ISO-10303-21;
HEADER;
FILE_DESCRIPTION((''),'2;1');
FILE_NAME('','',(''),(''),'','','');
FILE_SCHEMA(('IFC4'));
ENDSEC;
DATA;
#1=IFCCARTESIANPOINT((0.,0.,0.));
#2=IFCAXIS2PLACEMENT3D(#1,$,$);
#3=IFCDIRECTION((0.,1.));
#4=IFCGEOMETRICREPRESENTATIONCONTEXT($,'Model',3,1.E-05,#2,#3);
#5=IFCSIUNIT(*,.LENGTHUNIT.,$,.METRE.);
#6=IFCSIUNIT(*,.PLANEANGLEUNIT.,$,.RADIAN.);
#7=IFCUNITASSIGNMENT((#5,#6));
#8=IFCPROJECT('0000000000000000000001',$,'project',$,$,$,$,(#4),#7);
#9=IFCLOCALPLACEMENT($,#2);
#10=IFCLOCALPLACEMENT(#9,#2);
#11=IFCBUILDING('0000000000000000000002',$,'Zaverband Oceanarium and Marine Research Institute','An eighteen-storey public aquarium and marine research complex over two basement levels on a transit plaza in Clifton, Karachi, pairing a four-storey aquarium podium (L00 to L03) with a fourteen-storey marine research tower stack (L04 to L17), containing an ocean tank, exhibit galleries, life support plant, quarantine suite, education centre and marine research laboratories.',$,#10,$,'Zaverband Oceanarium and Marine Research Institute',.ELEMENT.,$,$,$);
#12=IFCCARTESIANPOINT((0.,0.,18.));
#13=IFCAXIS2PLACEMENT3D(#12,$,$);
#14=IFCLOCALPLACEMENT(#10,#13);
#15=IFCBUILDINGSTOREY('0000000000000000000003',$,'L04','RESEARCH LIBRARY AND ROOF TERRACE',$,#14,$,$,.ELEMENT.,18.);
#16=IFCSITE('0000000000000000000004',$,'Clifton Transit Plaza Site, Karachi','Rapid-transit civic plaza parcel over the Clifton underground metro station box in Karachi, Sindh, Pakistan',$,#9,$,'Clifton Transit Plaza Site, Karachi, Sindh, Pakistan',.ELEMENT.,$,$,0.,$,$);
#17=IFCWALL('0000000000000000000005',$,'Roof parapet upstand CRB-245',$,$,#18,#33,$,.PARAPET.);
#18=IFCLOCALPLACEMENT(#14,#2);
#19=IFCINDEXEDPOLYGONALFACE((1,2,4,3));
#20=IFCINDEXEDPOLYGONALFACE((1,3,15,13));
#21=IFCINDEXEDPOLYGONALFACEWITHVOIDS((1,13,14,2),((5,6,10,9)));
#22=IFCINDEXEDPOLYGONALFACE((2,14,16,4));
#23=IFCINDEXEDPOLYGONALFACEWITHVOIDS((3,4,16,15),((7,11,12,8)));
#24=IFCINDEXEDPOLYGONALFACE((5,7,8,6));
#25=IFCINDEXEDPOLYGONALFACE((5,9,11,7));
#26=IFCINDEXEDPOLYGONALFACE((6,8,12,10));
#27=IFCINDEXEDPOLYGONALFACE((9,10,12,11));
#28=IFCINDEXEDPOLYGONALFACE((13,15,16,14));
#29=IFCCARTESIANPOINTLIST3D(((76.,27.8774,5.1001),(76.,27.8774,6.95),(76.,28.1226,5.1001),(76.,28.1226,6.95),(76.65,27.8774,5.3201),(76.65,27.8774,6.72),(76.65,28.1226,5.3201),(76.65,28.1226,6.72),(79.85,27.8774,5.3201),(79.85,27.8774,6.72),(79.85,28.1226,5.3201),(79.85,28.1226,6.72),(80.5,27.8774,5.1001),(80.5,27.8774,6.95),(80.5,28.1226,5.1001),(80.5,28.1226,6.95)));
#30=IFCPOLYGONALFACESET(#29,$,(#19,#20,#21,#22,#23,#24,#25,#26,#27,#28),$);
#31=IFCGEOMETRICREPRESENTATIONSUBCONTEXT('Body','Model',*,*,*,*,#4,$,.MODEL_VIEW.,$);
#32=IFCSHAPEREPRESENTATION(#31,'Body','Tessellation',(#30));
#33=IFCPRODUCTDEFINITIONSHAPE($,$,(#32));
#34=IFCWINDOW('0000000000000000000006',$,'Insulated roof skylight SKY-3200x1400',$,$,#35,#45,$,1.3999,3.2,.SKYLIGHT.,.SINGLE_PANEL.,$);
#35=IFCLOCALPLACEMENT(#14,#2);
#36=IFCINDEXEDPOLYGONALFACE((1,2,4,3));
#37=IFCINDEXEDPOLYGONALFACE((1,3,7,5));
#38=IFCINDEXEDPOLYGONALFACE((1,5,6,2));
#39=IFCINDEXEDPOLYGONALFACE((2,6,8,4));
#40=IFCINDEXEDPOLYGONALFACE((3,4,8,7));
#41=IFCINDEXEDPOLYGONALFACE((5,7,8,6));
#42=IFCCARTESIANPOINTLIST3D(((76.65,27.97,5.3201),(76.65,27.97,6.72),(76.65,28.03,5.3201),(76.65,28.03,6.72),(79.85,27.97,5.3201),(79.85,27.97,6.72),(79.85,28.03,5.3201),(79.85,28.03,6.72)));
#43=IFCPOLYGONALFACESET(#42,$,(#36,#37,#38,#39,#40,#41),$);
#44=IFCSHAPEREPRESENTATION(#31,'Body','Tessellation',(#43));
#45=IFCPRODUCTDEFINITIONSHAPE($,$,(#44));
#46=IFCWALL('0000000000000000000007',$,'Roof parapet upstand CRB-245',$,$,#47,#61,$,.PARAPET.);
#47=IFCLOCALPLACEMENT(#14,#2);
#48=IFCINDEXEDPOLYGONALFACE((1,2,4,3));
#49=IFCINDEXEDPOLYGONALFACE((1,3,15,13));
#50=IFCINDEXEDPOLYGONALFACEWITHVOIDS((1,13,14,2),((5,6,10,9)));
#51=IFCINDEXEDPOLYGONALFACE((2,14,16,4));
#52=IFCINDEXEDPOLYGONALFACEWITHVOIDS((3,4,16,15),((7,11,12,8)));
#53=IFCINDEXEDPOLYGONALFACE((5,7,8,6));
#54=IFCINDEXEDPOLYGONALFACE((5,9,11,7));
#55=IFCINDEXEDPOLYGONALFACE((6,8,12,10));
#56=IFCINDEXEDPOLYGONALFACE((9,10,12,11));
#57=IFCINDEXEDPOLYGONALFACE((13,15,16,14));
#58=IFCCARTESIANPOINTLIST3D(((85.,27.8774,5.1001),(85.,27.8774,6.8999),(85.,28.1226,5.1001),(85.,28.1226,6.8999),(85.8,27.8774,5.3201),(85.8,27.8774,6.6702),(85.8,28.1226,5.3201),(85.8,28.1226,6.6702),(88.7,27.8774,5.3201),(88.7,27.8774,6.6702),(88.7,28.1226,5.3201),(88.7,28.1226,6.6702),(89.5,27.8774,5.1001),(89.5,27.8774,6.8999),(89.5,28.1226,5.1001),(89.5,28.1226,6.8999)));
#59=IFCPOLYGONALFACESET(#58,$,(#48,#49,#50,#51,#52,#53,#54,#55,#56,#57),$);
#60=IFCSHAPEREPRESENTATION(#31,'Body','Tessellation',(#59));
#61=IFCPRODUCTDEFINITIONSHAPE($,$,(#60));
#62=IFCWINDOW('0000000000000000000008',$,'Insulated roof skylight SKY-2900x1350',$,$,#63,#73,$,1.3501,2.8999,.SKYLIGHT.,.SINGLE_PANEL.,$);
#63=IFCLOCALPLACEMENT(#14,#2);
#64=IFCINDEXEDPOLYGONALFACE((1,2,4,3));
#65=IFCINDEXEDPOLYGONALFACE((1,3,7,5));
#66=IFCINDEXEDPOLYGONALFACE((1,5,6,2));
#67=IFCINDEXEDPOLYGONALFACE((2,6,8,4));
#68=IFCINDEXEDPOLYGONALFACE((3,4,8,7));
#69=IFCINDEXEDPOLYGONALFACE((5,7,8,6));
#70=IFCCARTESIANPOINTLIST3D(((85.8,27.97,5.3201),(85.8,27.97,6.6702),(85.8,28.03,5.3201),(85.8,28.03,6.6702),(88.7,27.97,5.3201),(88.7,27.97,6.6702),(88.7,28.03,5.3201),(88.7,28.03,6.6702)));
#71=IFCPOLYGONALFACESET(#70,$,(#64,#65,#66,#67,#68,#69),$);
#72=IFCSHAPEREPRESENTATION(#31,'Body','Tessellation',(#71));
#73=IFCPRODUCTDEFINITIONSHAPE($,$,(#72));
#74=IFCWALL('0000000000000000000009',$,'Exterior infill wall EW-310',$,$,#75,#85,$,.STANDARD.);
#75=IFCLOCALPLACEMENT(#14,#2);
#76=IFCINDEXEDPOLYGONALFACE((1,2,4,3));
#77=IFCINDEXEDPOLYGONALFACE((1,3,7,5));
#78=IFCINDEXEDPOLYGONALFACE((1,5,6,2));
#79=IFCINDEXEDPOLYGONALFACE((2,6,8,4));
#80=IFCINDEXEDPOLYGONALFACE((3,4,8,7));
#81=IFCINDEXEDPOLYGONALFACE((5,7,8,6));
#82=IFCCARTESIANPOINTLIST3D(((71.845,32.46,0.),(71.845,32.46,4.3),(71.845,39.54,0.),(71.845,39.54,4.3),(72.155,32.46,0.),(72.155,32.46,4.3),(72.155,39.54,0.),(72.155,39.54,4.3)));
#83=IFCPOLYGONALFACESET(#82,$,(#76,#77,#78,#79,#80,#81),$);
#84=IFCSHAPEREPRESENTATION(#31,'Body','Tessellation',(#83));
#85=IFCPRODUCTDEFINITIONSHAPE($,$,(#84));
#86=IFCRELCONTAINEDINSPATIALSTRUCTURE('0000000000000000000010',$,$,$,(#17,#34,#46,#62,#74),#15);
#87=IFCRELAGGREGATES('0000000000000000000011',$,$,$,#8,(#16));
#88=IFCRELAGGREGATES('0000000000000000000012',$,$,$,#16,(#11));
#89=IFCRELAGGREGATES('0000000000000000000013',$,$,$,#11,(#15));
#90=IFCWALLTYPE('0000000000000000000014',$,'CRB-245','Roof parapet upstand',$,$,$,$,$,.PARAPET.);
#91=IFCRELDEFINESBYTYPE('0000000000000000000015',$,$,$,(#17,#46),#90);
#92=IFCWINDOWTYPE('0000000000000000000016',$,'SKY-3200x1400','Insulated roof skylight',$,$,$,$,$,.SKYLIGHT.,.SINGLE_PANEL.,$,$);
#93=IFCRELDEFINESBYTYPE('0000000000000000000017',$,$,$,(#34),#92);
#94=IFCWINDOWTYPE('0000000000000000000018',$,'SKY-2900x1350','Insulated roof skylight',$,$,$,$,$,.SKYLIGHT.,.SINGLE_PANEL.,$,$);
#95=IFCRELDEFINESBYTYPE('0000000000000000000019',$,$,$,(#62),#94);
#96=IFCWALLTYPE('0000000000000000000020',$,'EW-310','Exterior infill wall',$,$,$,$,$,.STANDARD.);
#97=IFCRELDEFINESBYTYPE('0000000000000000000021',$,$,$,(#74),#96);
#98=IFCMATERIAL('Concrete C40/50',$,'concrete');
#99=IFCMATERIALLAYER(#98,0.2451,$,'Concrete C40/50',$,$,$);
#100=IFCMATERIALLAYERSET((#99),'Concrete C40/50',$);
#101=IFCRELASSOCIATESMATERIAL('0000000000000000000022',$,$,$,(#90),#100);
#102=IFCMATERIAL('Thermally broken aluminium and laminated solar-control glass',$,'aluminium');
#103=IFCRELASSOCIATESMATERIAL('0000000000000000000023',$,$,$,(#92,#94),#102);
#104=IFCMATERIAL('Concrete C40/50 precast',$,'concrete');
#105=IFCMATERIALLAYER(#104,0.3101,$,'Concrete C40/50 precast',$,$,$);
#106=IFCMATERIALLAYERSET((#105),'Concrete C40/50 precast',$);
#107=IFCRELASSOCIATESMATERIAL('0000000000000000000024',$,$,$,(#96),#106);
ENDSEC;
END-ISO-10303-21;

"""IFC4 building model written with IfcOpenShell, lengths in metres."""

from ifc_helpers import new_model, si_unit, direction, frame, frame_2d, origin, place, context, subcontext, project, spatial, rectangle, extrude, material, layer, layer_set, type_object, element, fill, save


model = new_model("IFC4")

# Units and contexts
model_context = context("Model", 3, precision=1e-05, world=origin(), true_north=direction((0.0, 1.0)))
body_context = subcontext(model_context, "Body", "Model", "MODEL_VIEW")
ifc_project = project(units=[si_unit("LENGTHUNIT", "METRE"), si_unit("PLANEANGLEUNIT", "RADIAN")], contexts=[model_context])

# Site, building, storey
site_placement = place(None, origin())
site = spatial("IfcSite", under=ifc_project, at=site_placement, Name="Clifton Transit Plaza Site, Karachi", Description="Rapid-transit civic plaza parcel over the Clifton underground metro station box in Karachi, Sindh, Pakistan", LongName="Clifton Transit Plaza Site, Karachi, Sindh, Pakistan", CompositionType="ELEMENT", RefElevation=0.0)
building_placement = place(site_placement, origin())
building = spatial("IfcBuilding", under=site, at=building_placement, Name="Zaverband Oceanarium and Marine Research Institute", Description="An eighteen-storey public aquarium and marine research complex over two basement levels on a transit plaza in Clifton, Karachi, pairing a four-storey aquarium podium (L00 to L03) with a fourteen-storey marine research tower stack (L04 to L17), containing an ocean tank, exhibit galleries, life support plant, quarantine suite, education centre and marine research laboratories.", LongName="Zaverband Oceanarium and Marine Research Institute", CompositionType="ELEMENT")
storey_placement = place(building_placement, frame((0.0, 0.0, 18.0)))
storey = spatial("IfcBuildingStorey", under=building, at=storey_placement, Name="L04", Description="RESEARCH LIBRARY AND ROOF TERRACE", CompositionType="ELEMENT", Elevation=18.0)

# Walls, openings, windows
ifc_material_1 = material(Name="Concrete C40/50", Category="concrete")
ifc_layer_1 = layer(ifc_material_1, 0.2451, Name="Concrete C40/50")
ifc_layer_set_1 = layer_set([ifc_layer_1], Name="Concrete C40/50")
wall_type_1 = type_object("IfcWallType", Name="CRB-245", Description="Roof parapet upstand", PredefinedType="PARAPET", material=ifc_layer_set_1)
wall_1_placement = place(storey_placement, frame((76.0, 28.0, 5.1001), z_axis=(0.0, 0.0, 1.0), x_axis=(1.0, 0.0, 0.0)))
wall_1 = element("IfcWall", 1, at=wall_1_placement, inside=storey, type_object=wall_type_1, Name="Roof parapet upstand CRB-245", PredefinedType="PARAPET", context=body_context, shape_type="SweptSolid", body=[
    extrude(rectangle(XDim=4.5, YDim=0.2451, at=frame_2d((2.25, 0.0))), origin(), (0.0, 0.0, 1.0), 1.8499),
])
opening_1_placement = place(wall_1_placement, frame((0.6499, 0.0, 0.22)))
opening_1 = element("IfcOpeningElement", 2, at=opening_1_placement, cuts=wall_1, PredefinedType="OPENING", context=body_context, shape_type="SweptSolid", body=[
    extrude(rectangle(XDim=3.2, YDim=1.3999, at=frame_2d((1.6001, 0.7))), frame((0.0, 0.1345, 0.0), z_axis=(0.0, -1.0, 0.0), x_axis=(1.0, 0.0, 0.0)), (0.0, 0.0, 1.0), 0.269),
])
ifc_material_2 = material(Name="Thermally broken aluminium and laminated solar-control glass", Category="aluminium")
window_type_1 = type_object("IfcWindowType", Name="SKY-3200x1400", Description="Insulated roof skylight", PartitioningType="SINGLE_PANEL", PredefinedType="SKYLIGHT", material=ifc_material_2)
window_1_placement = place(opening_1_placement, origin())
window_1 = element("IfcWindow", 3, at=window_1_placement, inside=storey, type_object=window_type_1, Name="Insulated roof skylight SKY-3200x1400", OverallHeight=1.3999, OverallWidth=3.2, PartitioningType="SINGLE_PANEL", PredefinedType="SKYLIGHT", context=body_context, shape_type="SweptSolid", body=[
    extrude(rectangle(XDim=3.2, YDim=1.3999, at=frame_2d((1.6001, 0.7))), frame((0.0, 0.03, 0.0), z_axis=(0.0, -1.0, 0.0), x_axis=(1.0, 0.0, 0.0)), (0.0, 0.0, 1.0), 0.0601),
])
fill(opening_1, window_1)
wall_2_placement = place(storey_placement, frame((85.0, 28.0, 5.1001), z_axis=(0.0, 0.0, 1.0), x_axis=(1.0, 0.0, 0.0)))
wall_2 = element("IfcWall", 4, at=wall_2_placement, inside=storey, type_object=wall_type_1, Name="Roof parapet upstand CRB-245", PredefinedType="PARAPET", context=body_context, shape_type="SweptSolid", body=[
    extrude(rectangle(XDim=4.5, YDim=0.2451, at=frame_2d((2.25, 0.0))), origin(), (0.0, 0.0, 1.0), 1.7998),
])
opening_2_placement = place(wall_2_placement, frame((0.8, 0.0, 0.22)))
opening_2 = element("IfcOpeningElement", 5, at=opening_2_placement, cuts=wall_2, PredefinedType="OPENING", context=body_context, shape_type="SweptSolid", body=[
    extrude(rectangle(XDim=2.8999, YDim=1.3501, at=frame_2d((1.45, 0.675))), frame((0.0, 0.1345, 0.0), z_axis=(0.0, -1.0, 0.0), x_axis=(1.0, 0.0, 0.0)), (0.0, 0.0, 1.0), 0.269),
])
window_type_2 = type_object("IfcWindowType", Name="SKY-2900x1350", Description="Insulated roof skylight", PartitioningType="SINGLE_PANEL", PredefinedType="SKYLIGHT", material=ifc_material_2)
window_2_placement = place(opening_2_placement, origin())
window_2 = element("IfcWindow", 6, at=window_2_placement, inside=storey, type_object=window_type_2, Name="Insulated roof skylight SKY-2900x1350", OverallHeight=1.3501, OverallWidth=2.8999, PartitioningType="SINGLE_PANEL", PredefinedType="SKYLIGHT", context=body_context, shape_type="SweptSolid", body=[
    extrude(rectangle(XDim=2.8999, YDim=1.3501, at=frame_2d((1.45, 0.675))), frame((0.0, 0.03, 0.0), z_axis=(0.0, -1.0, 0.0), x_axis=(1.0, 0.0, 0.0)), (0.0, 0.0, 1.0), 0.0601),
])
fill(opening_2, window_2)

# Wall
ifc_material_3 = material(Name="Concrete C40/50 precast", Category="concrete")
ifc_layer_2 = layer(ifc_material_3, 0.3101, Name="Concrete C40/50 precast")
ifc_layer_set_2 = layer_set([ifc_layer_2], Name="Concrete C40/50 precast")
wall_type_2 = type_object("IfcWallType", Name="EW-310", Description="Exterior infill wall", PredefinedType="STANDARD", material=ifc_layer_set_2)
wall_3_placement = place(storey_placement, frame((72.0, 32.46, 0.0), z_axis=(0.0, 0.0, 1.0), x_axis=(0.0, 1.0, 0.0)))
element("IfcWall", 7, at=wall_3_placement, inside=storey, type_object=wall_type_2, Name="Exterior infill wall EW-310", PredefinedType="STANDARD", context=body_context, shape_type="SweptSolid", body=[
    extrude(rectangle(XDim=7.0801, YDim=0.3101, at=frame_2d((3.54, 0.0))), origin(), (0.0, 0.0, 1.0), 4.3),
])

save(model, "model.ifc")
